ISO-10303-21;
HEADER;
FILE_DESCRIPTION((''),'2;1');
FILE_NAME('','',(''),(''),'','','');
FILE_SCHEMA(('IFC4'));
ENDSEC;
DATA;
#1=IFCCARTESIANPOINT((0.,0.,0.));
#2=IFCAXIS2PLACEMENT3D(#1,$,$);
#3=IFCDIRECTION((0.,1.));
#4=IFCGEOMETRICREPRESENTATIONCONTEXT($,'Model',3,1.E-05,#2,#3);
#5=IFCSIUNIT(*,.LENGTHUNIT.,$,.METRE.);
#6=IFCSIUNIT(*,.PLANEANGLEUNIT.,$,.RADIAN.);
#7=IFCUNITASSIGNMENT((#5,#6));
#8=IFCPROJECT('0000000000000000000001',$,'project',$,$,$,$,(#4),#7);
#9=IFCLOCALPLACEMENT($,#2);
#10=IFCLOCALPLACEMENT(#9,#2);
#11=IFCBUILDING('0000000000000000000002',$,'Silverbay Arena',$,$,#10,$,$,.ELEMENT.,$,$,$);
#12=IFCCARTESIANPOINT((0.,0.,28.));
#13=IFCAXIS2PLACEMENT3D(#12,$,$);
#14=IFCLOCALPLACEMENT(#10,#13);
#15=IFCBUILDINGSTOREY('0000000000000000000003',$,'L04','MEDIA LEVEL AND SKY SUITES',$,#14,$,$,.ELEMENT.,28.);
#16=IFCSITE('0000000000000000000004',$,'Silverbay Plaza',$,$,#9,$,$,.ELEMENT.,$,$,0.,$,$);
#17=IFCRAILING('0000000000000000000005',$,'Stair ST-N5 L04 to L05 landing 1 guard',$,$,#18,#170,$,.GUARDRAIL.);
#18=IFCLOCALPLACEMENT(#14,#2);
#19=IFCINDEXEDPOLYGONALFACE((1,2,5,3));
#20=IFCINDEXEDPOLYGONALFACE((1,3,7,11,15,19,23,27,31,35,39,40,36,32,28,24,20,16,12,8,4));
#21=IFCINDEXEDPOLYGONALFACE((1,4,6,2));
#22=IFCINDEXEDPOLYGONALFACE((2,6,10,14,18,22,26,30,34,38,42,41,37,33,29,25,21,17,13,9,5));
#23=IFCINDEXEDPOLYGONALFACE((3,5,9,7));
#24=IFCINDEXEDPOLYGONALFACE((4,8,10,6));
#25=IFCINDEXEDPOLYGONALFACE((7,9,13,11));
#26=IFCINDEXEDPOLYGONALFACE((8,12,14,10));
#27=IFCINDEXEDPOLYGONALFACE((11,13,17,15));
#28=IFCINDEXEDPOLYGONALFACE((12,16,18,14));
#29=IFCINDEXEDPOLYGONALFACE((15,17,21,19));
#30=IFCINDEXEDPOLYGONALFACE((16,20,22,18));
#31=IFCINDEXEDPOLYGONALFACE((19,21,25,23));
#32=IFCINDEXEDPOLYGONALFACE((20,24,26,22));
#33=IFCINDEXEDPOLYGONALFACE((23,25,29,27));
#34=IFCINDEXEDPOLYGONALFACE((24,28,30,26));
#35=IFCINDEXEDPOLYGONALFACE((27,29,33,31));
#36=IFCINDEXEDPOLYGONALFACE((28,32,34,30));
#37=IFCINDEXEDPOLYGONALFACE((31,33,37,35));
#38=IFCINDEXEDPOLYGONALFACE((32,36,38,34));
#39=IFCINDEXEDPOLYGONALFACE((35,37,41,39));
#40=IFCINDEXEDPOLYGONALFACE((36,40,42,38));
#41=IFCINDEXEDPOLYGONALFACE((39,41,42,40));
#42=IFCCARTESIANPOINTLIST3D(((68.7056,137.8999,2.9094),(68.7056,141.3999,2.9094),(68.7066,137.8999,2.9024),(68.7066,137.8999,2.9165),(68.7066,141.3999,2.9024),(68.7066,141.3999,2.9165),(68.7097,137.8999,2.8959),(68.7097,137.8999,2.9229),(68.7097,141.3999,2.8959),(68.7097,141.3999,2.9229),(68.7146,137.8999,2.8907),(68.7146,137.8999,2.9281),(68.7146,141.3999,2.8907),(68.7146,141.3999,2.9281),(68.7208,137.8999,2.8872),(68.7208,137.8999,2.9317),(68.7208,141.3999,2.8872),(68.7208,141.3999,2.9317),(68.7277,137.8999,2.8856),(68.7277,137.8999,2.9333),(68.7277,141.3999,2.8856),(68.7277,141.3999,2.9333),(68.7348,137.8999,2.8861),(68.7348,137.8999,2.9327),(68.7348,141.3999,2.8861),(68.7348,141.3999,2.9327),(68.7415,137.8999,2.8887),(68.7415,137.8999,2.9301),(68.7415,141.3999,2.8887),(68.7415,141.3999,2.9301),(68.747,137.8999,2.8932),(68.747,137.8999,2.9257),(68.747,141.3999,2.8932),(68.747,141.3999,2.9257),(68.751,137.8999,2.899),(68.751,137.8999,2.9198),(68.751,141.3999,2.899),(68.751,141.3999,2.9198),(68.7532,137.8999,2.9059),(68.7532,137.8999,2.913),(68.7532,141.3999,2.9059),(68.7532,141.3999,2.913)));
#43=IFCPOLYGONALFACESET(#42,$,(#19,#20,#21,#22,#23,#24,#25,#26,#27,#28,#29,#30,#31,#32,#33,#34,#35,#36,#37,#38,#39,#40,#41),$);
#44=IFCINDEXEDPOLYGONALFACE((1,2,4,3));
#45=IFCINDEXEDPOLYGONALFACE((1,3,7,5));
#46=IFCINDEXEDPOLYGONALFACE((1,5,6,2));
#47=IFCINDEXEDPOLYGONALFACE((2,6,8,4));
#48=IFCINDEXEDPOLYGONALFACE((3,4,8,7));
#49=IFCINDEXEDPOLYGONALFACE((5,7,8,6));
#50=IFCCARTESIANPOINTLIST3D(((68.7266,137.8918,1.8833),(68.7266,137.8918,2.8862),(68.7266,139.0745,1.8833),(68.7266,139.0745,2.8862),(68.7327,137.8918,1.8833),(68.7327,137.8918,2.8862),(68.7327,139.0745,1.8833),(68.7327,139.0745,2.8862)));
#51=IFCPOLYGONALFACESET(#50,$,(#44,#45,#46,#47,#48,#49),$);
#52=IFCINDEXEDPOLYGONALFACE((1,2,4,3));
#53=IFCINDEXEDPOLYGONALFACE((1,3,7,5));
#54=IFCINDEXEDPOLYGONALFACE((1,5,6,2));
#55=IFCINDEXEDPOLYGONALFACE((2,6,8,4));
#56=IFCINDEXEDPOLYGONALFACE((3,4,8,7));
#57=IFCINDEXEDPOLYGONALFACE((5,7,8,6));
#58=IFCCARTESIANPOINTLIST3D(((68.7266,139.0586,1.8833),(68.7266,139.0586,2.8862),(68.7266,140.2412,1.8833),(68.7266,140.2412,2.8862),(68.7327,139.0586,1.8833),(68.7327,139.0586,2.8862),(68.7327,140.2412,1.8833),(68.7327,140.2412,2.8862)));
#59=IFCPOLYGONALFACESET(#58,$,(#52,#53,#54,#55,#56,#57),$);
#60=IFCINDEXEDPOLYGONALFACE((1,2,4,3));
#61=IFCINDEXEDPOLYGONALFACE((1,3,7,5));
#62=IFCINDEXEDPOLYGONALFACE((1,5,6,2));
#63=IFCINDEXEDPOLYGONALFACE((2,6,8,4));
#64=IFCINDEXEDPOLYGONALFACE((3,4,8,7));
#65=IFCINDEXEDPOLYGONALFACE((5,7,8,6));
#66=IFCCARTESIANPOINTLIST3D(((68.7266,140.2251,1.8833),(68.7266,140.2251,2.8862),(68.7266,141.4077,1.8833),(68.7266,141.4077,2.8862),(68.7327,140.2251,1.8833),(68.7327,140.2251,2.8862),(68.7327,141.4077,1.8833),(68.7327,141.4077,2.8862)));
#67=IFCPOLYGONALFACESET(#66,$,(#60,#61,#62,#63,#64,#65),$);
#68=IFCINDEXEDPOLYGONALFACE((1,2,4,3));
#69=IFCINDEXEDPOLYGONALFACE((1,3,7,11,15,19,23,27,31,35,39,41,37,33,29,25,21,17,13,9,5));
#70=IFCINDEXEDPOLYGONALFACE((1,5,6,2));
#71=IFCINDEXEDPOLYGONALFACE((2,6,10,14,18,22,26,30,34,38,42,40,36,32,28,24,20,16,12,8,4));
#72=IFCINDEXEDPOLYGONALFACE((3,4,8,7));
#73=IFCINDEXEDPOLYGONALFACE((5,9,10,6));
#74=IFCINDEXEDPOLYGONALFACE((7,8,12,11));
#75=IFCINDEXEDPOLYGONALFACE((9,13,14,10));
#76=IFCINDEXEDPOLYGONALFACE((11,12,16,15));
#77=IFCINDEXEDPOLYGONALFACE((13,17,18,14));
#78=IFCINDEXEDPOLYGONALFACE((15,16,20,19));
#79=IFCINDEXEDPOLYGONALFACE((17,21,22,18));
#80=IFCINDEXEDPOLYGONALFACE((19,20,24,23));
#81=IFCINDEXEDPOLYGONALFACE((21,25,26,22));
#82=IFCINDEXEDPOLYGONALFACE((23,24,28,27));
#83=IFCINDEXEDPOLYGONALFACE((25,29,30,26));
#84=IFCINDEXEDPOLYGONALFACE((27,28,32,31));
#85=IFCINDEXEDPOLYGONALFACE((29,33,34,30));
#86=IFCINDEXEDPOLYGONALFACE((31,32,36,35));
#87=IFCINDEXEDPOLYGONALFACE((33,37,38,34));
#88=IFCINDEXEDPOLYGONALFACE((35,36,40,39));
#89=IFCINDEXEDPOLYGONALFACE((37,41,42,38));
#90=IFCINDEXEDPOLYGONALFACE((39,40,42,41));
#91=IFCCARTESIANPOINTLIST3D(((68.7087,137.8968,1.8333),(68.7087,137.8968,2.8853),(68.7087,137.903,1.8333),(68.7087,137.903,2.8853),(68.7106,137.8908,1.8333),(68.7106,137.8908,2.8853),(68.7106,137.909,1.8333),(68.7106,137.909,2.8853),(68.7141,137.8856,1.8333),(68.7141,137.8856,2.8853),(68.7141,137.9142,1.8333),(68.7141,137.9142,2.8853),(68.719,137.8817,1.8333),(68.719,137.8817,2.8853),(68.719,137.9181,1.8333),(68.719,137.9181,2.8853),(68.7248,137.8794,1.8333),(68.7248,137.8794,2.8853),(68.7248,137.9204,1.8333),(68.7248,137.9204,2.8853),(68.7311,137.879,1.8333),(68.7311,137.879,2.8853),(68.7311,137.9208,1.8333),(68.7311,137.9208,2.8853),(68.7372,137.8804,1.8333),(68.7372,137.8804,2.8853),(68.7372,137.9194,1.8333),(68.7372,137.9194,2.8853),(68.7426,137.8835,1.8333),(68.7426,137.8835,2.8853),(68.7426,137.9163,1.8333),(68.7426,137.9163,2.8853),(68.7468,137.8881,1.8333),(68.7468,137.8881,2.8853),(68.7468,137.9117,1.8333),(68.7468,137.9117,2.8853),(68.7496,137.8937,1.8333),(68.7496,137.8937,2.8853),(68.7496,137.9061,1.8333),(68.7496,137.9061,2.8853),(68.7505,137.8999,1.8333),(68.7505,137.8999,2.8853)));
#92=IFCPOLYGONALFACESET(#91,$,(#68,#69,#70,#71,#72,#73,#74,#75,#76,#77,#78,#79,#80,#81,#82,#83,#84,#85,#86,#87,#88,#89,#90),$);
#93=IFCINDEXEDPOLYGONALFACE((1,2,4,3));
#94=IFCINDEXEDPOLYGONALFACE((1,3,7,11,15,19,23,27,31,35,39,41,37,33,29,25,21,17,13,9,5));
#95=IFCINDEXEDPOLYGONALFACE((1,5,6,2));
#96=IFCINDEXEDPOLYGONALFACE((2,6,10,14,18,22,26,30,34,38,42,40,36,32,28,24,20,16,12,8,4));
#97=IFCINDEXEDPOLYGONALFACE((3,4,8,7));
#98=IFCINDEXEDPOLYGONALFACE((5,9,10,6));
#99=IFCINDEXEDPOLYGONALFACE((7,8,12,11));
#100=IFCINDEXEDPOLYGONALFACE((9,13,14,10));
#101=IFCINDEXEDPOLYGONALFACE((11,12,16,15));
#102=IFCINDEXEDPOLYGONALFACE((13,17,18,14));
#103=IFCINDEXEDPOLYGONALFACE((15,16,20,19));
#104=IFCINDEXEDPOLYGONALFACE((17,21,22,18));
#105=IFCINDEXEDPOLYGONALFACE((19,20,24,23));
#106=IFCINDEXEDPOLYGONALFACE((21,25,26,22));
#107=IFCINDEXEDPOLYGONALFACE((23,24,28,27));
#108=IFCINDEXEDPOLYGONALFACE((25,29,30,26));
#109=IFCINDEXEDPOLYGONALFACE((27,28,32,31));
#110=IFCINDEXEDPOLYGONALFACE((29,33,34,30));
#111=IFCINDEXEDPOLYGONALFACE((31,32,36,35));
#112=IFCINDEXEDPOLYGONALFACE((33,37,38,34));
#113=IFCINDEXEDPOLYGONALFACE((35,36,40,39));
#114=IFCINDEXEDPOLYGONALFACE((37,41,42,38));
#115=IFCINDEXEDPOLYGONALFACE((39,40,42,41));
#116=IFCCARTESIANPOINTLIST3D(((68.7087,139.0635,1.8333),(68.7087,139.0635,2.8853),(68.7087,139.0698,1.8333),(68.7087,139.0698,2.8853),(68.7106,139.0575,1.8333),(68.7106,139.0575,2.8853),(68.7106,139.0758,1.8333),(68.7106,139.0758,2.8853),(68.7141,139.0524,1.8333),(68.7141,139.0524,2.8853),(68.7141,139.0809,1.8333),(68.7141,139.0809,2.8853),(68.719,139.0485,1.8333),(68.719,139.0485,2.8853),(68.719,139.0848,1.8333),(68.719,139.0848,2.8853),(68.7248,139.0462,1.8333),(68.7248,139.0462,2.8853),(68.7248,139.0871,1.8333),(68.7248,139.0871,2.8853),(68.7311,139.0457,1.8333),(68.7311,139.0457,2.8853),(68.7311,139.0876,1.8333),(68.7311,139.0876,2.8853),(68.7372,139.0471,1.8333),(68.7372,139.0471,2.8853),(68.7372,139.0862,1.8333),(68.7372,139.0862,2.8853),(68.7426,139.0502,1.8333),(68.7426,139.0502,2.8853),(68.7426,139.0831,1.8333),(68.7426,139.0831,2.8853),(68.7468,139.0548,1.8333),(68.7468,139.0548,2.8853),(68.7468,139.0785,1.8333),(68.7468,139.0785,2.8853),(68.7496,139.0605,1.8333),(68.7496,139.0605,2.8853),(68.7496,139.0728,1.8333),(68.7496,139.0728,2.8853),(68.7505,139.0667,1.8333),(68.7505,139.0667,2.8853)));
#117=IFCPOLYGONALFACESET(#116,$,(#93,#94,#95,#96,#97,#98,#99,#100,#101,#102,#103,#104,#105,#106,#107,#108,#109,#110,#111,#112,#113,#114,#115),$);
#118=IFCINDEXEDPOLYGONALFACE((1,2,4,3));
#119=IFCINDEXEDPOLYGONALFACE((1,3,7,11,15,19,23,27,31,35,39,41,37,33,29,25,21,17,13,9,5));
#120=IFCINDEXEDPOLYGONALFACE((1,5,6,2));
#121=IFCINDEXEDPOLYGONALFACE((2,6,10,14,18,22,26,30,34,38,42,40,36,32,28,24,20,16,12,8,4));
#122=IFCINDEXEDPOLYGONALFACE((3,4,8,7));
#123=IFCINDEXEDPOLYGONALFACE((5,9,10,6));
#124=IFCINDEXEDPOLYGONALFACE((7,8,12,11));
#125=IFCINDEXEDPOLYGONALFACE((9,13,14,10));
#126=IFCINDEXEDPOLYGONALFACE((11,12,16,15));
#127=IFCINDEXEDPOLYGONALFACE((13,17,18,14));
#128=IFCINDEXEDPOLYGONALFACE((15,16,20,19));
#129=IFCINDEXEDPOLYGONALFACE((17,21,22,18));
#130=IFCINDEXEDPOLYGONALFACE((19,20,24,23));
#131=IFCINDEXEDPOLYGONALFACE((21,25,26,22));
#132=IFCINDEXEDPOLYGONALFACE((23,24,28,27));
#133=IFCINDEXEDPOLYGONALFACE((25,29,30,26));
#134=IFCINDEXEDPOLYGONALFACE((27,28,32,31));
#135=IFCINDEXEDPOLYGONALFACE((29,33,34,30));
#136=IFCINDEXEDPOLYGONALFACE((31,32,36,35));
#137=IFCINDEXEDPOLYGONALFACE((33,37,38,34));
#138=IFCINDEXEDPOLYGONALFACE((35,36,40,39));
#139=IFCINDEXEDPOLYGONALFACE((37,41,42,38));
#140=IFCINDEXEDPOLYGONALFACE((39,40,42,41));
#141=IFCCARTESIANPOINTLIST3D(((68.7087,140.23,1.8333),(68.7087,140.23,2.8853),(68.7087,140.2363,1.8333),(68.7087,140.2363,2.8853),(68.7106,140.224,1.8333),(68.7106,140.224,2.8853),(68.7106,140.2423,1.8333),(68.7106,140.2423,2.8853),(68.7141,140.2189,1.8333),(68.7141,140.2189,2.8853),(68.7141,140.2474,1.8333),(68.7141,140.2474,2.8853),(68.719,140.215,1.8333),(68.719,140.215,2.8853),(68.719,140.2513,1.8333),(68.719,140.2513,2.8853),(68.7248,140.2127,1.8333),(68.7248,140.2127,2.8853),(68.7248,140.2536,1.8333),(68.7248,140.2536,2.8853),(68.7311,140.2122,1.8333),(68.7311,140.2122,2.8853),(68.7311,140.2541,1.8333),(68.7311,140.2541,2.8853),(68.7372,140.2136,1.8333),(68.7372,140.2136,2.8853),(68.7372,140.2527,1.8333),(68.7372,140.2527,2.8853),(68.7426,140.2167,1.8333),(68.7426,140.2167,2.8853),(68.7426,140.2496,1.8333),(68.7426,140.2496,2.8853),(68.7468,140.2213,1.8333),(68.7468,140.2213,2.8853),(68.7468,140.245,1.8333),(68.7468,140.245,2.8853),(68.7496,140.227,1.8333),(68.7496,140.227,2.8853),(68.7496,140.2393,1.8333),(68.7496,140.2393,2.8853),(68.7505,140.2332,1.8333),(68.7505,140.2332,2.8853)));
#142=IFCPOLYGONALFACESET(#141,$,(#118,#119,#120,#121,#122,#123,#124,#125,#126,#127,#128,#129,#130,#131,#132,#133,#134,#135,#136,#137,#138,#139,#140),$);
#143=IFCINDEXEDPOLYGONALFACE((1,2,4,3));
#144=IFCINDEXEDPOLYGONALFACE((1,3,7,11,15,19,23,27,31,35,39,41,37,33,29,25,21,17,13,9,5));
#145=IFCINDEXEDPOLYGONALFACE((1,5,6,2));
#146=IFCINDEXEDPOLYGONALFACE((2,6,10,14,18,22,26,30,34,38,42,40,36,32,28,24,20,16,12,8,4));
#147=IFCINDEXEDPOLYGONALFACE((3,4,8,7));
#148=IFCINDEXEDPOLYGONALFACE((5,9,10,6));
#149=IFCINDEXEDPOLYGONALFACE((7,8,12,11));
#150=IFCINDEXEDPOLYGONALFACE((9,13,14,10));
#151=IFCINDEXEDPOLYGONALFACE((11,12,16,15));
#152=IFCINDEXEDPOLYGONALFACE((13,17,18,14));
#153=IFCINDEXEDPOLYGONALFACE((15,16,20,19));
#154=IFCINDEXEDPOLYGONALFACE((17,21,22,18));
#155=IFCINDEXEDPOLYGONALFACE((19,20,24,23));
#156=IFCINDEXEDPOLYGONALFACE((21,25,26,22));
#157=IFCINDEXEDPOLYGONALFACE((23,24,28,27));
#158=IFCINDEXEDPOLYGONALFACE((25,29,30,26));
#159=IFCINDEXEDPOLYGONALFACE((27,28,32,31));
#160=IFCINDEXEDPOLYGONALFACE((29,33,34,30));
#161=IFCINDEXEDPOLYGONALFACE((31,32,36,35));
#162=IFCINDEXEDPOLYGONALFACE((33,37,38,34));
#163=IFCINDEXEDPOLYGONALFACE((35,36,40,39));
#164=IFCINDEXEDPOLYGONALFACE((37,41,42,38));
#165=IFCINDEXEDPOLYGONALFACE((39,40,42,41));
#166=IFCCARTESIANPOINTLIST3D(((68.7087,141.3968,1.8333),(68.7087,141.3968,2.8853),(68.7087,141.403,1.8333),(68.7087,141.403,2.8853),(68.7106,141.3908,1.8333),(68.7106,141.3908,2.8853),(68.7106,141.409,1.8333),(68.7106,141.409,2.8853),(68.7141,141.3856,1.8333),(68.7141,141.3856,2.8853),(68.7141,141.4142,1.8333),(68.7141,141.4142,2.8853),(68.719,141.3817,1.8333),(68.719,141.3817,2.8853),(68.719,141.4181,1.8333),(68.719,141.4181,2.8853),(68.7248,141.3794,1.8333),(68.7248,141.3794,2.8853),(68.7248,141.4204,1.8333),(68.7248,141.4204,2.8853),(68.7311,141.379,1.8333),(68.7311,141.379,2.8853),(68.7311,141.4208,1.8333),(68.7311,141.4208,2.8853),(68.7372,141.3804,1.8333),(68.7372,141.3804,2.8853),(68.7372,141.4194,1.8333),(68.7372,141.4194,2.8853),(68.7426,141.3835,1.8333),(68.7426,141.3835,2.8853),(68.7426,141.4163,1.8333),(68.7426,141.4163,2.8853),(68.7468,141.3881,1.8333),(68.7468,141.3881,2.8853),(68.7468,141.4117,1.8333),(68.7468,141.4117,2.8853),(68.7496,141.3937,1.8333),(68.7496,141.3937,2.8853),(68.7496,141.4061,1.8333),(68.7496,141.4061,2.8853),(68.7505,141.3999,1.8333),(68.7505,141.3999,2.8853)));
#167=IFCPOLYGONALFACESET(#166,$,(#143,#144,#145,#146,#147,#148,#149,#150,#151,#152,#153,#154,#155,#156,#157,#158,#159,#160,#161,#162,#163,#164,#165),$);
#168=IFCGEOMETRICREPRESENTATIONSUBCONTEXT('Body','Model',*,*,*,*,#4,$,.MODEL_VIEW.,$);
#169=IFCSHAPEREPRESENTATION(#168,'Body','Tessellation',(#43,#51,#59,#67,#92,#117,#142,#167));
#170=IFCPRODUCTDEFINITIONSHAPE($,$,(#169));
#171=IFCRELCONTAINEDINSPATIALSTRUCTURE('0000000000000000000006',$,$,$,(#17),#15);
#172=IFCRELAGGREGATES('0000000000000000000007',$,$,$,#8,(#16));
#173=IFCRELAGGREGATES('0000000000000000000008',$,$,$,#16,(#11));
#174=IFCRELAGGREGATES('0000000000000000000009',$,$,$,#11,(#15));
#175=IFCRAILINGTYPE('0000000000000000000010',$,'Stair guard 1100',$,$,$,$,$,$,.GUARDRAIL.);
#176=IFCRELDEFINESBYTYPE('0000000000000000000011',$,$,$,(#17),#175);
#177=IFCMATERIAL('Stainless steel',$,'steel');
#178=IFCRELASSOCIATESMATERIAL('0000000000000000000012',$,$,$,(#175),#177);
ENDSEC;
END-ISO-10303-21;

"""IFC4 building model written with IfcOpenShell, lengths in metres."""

from ifc_helpers import new_model, si_unit, direction, frame, origin, origin_2d, place, context, subcontext, project, spatial, polyline, circle, outline, extrude, material, type_object, element, save


model = new_model("IFC4")

# Units and contexts
model_context = context("Model", 3, precision=1e-05, world=origin(), true_north=direction((0.0, 1.0)))
body_context = subcontext(model_context, "Body", "Model", "MODEL_VIEW")
ifc_project = project(units=[si_unit("LENGTHUNIT", "METRE"), si_unit("PLANEANGLEUNIT", "RADIAN")], contexts=[model_context])

# Site, building, storey
site_placement = place(None, origin())
site = spatial("IfcSite", under=ifc_project, at=site_placement, Name="Silverbay Plaza", CompositionType="ELEMENT", RefElevation=0.0)
building_placement = place(site_placement, origin())
building = spatial("IfcBuilding", under=site, at=building_placement, Name="Silverbay Arena", CompositionType="ELEMENT")
storey_placement = place(building_placement, frame((0.0, 0.0, 28.0)))
storey = spatial("IfcBuildingStorey", under=building, at=storey_placement, Name="L04", Description="MEDIA LEVEL AND SKY SUITES", CompositionType="ELEMENT", Elevation=28.0)

# Railing
ifc_material_1 = material(Name="Stainless steel", Category="steel")
railing_type_1 = type_object("IfcRailingType", Name="Stair guard 1100", PredefinedType="GUARDRAIL", material=ifc_material_1)
for number, where, name in (
    (1, (68.7295, 137.8999, 1.8333), "Stair ST-N5 L04 to L05 landing 1 guard"),
):
    element("IfcRailing", number, at=place(storey_placement, frame(where)), inside=storey, type_object=railing_type_1, Name=name, PredefinedType="GUARDRAIL", context=body_context, shape_type="SweptSolid", body=[
        extrude(circle(Radius=0.0239, at=origin_2d()), frame((0.0, 0.0, 1.0762), z_axis=(0.0, 1.0, 0.0), x_axis=(-1.0, 0.0, 0.0)), (0.0, 0.0, 1.0), 3.5),
        extrude(outline(polyline([(-0.0081, 0.05), (1.1746, 0.05), (1.1746, 1.053), (-0.0081, 1.053), (-0.0081, 0.05)])), frame((-0.0029, 0.0, 0.0), z_axis=(1.0, 0.0, 0.0), x_axis=(0.0, 1.0, 0.0)), (0.0, 0.0, 1.0), 0.0061),
        extrude(outline(polyline([(-0.0081, 0.05), (1.1746, 0.05), (1.1746, 1.053), (-0.0081, 1.053), (-0.0081, 0.05)])), frame((-0.0029, 1.1667, 0.0), z_axis=(1.0, 0.0, 0.0), x_axis=(0.0, 1.0, 0.0)), (0.0, 0.0, 1.0), 0.0061),
        extrude(outline(polyline([(-0.0081, 0.05), (1.1746, 0.05), (1.1746, 1.053), (-0.0081, 1.053), (-0.0081, 0.05)])), frame((-0.0029, 2.3333, 0.0), z_axis=(1.0, 0.0, 0.0), x_axis=(0.0, 1.0, 0.0)), (0.0, 0.0, 1.0), 0.0061),
        extrude(circle(Radius=0.021, at=origin_2d()), origin(), (0.0, 0.0, 1.0), 1.052),
        extrude(circle(Radius=0.021, at=origin_2d()), frame((0.0, 1.1667, 0.0)), (0.0, 0.0, 1.0), 1.052),
        extrude(circle(Radius=0.021, at=origin_2d()), frame((0.0, 2.3333, 0.0)), (0.0, 0.0, 1.0), 1.052),
        extrude(circle(Radius=0.021, at=origin_2d()), frame((0.0, 3.5, 0.0)), (0.0, 0.0, 1.0), 1.052),
    ])

save(model, "model.ifc")
